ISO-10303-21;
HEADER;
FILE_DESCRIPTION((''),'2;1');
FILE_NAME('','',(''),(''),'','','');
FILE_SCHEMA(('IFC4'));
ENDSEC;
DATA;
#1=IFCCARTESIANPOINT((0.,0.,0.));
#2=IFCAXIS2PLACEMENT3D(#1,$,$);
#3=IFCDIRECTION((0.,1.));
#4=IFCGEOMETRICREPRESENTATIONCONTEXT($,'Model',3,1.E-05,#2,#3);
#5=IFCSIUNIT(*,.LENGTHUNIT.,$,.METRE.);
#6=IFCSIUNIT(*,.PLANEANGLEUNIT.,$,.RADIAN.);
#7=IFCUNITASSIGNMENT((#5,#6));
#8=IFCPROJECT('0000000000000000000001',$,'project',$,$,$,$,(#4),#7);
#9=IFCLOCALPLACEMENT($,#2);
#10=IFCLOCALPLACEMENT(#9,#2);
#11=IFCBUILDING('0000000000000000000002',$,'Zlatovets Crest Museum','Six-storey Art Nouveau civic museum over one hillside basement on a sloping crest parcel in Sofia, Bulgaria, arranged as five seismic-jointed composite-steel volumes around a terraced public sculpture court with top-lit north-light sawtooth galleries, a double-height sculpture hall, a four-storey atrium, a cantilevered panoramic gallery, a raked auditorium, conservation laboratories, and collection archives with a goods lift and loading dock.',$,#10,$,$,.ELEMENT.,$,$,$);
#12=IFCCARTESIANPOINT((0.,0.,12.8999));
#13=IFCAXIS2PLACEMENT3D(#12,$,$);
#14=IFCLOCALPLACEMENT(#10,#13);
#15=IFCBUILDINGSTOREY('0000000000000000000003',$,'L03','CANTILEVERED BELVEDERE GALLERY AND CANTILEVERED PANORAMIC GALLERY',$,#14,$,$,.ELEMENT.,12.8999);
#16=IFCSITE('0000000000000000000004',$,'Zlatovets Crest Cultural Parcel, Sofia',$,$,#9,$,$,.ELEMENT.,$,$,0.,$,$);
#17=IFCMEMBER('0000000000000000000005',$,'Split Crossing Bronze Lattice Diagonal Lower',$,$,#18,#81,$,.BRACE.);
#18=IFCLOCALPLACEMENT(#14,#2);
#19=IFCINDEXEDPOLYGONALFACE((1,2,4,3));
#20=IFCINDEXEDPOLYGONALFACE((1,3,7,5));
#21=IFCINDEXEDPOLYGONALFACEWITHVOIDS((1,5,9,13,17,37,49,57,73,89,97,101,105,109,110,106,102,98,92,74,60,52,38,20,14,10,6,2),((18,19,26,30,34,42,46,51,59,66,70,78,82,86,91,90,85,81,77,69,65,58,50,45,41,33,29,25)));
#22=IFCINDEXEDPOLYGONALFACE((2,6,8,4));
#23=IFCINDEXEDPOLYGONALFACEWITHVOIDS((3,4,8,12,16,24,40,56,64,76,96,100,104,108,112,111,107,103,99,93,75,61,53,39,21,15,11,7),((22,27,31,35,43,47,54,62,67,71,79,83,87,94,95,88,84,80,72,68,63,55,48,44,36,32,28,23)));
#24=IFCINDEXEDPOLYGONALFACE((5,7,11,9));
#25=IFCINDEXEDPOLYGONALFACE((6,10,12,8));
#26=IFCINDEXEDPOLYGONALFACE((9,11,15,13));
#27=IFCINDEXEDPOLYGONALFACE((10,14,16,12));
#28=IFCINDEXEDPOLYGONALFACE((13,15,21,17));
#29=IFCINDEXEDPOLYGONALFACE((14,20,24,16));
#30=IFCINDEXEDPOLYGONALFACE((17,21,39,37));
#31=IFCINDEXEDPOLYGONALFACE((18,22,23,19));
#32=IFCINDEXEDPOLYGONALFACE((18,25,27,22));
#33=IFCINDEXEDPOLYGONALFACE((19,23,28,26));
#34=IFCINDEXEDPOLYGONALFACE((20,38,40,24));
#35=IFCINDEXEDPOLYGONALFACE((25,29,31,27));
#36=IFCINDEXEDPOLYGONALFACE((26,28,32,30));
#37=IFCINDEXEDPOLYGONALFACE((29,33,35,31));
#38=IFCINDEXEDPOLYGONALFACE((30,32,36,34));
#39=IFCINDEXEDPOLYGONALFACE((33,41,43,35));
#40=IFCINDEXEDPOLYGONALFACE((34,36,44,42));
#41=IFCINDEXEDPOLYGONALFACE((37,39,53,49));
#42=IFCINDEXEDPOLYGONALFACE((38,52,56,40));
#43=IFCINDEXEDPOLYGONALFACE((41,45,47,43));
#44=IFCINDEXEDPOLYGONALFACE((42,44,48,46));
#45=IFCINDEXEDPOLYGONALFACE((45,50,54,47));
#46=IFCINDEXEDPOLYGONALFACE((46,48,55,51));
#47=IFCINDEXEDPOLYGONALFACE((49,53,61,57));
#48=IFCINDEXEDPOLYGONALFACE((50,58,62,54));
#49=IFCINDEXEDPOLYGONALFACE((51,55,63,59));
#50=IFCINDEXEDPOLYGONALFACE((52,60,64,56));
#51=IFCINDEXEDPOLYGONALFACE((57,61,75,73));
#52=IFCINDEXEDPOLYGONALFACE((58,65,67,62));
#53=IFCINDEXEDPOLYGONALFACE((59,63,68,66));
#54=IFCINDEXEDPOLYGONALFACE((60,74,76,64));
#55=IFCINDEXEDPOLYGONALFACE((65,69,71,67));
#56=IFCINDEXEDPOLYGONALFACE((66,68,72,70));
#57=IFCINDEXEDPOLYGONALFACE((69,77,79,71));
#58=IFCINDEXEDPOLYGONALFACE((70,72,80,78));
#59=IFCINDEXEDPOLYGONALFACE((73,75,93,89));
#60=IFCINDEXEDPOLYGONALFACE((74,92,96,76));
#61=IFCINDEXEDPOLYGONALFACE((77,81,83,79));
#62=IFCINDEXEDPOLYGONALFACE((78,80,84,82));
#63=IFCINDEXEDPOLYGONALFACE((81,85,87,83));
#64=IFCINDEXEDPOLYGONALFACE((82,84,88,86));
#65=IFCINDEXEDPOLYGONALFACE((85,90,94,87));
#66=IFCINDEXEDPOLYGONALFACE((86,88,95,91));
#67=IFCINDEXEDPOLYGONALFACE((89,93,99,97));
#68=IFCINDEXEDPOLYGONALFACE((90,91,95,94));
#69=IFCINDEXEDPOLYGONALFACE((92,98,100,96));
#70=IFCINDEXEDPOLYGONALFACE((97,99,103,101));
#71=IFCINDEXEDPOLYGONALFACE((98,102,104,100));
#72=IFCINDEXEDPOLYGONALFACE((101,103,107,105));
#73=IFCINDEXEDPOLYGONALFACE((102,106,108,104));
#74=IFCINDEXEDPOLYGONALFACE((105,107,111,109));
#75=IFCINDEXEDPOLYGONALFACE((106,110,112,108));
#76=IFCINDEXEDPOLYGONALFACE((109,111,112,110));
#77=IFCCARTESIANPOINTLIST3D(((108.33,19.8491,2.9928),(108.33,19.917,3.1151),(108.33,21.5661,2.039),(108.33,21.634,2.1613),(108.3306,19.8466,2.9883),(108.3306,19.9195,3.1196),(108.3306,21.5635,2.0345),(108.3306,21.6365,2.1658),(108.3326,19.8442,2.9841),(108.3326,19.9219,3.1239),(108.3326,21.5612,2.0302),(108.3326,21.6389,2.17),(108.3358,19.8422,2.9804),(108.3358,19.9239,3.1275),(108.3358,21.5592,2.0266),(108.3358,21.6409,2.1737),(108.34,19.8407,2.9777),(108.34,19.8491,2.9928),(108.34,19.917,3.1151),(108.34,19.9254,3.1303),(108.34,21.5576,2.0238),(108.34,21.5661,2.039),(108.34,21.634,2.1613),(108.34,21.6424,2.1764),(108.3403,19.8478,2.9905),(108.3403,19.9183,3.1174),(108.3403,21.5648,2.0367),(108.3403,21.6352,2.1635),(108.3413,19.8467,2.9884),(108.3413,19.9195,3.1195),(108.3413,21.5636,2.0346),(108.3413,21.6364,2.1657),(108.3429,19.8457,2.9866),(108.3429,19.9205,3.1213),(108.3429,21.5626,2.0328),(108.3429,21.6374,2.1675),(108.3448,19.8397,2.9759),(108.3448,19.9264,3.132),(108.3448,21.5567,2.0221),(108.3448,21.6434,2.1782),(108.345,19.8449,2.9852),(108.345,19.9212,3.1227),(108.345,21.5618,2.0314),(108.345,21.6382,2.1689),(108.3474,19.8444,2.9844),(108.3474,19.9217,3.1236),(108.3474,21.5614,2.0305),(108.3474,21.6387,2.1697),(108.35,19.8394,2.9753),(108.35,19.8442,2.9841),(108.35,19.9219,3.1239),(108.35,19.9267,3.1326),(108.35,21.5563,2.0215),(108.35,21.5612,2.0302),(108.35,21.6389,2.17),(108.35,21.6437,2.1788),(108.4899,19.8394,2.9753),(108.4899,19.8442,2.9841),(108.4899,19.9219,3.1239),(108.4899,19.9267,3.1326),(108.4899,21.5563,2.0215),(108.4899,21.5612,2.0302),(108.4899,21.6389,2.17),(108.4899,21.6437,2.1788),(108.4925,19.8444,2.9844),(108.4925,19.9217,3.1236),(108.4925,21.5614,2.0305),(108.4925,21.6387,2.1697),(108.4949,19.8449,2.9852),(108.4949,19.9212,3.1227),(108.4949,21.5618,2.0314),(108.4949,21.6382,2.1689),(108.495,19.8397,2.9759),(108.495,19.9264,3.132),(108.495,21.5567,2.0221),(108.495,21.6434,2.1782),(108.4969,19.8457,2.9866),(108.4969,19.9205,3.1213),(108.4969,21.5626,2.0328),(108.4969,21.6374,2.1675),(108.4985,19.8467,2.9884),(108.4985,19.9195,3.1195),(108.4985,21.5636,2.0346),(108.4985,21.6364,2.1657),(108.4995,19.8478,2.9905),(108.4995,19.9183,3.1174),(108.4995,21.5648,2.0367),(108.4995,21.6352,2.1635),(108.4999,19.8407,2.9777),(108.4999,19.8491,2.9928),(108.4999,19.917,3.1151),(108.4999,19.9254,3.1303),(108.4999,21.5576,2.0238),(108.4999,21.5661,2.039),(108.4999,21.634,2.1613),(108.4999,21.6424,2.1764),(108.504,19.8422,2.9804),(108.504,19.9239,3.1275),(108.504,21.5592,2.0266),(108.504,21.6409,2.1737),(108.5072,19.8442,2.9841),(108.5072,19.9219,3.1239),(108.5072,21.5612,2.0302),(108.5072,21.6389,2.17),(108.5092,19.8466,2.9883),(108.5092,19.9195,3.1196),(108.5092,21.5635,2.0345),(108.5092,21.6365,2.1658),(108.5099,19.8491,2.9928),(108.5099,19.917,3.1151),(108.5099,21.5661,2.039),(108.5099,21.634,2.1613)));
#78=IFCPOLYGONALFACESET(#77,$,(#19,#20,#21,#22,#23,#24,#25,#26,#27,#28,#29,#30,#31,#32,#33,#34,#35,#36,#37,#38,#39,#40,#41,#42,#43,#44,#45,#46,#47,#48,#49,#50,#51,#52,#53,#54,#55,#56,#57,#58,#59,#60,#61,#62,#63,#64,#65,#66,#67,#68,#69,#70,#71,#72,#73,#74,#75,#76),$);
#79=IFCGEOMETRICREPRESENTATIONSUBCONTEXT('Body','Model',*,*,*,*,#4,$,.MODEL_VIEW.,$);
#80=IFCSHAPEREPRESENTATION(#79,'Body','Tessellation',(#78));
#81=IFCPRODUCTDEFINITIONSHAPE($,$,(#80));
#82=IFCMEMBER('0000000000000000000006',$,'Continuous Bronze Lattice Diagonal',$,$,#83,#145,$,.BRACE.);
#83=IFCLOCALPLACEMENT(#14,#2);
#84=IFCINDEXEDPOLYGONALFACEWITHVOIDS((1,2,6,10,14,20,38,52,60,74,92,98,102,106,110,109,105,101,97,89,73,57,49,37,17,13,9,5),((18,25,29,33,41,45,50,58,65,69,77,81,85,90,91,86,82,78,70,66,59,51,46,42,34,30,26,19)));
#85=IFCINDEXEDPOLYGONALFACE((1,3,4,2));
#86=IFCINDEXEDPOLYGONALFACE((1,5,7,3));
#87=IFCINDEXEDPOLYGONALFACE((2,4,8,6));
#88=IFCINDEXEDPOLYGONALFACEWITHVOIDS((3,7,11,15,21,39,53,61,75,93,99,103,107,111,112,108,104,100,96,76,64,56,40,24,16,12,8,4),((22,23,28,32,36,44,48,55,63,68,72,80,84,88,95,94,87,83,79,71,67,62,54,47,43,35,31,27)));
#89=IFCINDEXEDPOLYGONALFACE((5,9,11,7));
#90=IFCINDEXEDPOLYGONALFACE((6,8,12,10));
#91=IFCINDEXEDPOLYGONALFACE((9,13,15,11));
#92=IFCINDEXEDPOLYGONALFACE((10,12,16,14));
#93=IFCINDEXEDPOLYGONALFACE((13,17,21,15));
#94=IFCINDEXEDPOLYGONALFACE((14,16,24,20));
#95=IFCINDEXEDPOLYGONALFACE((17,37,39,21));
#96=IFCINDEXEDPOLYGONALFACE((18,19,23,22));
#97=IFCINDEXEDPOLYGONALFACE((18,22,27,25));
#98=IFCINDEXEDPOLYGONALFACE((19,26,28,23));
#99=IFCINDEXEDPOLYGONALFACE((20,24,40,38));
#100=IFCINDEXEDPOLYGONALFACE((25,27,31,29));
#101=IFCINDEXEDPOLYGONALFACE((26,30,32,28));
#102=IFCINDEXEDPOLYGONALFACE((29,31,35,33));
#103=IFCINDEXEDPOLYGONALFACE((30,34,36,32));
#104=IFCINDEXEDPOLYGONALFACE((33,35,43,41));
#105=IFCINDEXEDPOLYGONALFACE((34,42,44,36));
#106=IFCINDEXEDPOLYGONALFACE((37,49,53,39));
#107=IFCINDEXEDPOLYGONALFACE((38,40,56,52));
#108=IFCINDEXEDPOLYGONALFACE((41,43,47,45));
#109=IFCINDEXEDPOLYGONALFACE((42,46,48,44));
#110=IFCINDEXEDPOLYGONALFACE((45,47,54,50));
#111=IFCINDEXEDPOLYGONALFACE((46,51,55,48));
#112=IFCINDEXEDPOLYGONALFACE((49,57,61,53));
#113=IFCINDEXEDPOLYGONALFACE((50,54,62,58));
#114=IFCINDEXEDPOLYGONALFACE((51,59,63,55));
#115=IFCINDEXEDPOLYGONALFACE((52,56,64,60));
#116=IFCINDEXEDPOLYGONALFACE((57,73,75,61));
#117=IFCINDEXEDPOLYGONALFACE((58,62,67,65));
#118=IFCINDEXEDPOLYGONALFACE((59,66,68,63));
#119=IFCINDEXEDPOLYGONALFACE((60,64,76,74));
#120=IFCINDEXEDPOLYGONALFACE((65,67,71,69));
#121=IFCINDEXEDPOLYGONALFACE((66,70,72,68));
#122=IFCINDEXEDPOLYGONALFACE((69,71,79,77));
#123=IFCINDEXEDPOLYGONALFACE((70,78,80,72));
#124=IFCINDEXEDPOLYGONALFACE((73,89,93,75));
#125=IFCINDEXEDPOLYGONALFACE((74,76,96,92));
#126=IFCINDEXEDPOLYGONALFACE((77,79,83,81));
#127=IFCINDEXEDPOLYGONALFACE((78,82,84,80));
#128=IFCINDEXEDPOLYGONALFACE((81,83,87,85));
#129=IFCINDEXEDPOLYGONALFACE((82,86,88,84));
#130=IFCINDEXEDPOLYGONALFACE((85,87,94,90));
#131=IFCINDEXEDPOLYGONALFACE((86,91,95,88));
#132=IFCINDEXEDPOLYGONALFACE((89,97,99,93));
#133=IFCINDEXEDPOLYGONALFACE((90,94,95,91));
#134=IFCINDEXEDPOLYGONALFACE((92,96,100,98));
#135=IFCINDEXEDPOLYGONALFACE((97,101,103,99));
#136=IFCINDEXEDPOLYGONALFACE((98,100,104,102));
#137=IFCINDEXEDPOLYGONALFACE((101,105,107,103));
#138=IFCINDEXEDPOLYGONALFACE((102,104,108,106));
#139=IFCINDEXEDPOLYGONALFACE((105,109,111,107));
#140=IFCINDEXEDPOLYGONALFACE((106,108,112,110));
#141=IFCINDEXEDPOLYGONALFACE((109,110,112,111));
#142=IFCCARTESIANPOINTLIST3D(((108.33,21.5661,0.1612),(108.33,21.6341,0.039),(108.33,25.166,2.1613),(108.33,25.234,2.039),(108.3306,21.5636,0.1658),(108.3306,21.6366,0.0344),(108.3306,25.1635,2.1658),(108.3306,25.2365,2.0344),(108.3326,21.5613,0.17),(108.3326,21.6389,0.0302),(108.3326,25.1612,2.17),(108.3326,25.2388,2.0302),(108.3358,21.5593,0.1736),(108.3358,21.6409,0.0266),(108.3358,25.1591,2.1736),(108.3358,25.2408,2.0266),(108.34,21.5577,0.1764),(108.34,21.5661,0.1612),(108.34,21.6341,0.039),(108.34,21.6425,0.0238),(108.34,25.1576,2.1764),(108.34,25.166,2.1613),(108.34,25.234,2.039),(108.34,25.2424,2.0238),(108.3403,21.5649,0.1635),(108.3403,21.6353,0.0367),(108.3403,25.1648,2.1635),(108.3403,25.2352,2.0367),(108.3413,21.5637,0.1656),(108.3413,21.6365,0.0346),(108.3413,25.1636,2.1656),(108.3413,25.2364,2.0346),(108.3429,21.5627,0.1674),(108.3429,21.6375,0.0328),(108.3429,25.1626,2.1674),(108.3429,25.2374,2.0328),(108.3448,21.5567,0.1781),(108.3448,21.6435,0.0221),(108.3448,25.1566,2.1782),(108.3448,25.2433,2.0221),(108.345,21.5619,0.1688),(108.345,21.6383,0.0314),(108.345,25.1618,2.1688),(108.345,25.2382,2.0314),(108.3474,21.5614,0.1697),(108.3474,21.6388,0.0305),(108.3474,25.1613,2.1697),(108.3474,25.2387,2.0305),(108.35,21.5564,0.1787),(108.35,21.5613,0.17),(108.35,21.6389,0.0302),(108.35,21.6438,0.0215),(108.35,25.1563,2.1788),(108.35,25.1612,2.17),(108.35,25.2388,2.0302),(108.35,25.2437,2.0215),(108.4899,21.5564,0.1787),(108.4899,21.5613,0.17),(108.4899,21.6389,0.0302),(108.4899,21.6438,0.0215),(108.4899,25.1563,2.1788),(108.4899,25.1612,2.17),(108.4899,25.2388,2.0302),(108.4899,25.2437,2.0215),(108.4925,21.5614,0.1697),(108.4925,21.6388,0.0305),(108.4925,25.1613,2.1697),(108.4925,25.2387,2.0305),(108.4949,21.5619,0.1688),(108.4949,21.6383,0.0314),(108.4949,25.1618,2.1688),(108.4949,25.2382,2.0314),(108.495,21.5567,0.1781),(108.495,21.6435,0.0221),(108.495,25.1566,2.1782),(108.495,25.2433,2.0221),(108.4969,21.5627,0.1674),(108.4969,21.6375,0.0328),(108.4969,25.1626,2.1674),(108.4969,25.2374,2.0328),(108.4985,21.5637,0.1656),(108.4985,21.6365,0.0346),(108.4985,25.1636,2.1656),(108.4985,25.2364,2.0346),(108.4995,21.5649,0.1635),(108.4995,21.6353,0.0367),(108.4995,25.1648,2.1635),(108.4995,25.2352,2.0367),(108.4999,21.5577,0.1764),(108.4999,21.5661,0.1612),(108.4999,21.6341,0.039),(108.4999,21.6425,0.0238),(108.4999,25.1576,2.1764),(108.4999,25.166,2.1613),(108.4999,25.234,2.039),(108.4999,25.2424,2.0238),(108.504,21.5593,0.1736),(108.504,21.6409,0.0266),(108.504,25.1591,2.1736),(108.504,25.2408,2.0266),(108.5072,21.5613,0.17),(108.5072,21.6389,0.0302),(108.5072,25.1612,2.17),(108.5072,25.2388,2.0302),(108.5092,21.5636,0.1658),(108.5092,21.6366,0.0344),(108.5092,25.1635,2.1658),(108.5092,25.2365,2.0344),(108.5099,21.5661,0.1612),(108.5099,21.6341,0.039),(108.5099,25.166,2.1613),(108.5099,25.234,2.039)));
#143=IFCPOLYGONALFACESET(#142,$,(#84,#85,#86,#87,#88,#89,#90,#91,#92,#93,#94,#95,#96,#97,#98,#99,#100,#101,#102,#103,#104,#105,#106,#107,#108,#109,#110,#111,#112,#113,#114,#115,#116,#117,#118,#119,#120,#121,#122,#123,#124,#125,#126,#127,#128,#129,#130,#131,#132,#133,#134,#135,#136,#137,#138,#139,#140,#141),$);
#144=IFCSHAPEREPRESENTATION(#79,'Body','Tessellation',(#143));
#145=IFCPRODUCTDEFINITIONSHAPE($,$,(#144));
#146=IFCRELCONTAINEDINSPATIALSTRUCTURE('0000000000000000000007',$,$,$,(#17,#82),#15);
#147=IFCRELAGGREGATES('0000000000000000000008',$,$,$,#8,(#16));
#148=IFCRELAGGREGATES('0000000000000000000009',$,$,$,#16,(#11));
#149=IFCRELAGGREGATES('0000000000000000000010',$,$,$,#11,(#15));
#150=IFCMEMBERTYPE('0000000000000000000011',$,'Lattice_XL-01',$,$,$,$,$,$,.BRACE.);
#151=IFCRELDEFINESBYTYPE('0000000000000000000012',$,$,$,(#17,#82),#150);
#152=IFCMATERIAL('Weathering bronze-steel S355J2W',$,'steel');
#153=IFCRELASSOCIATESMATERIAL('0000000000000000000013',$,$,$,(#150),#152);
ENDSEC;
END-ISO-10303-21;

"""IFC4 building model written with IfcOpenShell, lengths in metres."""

from ifc_helpers import new_model, si_unit, direction, frame, origin, origin_2d, place, context, subcontext, project, spatial, hollow_rectangle, extrude, material, material_profile, profile_set, type_object, element, save


model = new_model("IFC4")

# Units and contexts
model_context = context("Model", 3, precision=1e-05, world=origin(), true_north=direction((0.0, 1.0)))
body_context = subcontext(model_context, "Body", "Model", "MODEL_VIEW")
ifc_project = project(units=[si_unit("LENGTHUNIT", "METRE"), si_unit("PLANEANGLEUNIT", "RADIAN")], contexts=[model_context])

# Site, building, storey
site_placement = place(None, origin())
site = spatial("IfcSite", under=ifc_project, at=site_placement, Name="Zlatovets Crest Cultural Parcel, Sofia", CompositionType="ELEMENT", RefElevation=0.0)
building_placement = place(site_placement, origin())
building = spatial("IfcBuilding", under=site, at=building_placement, Name="Zlatovets Crest Museum", Description="Six-storey Art Nouveau civic museum over one hillside basement on a sloping crest parcel in Sofia, Bulgaria, arranged as five seismic-jointed composite-steel volumes around a terraced public sculpture court with top-lit north-light sawtooth galleries, a double-height sculpture hall, a four-storey atrium, a cantilevered panoramic gallery, a raked auditorium, conservation laboratories, and collection archives with a goods lift and loading dock.", CompositionType="ELEMENT")
storey_placement = place(building_placement, frame((0.0, 0.0, 12.8999)))
storey = spatial("IfcBuildingStorey", under=building, at=storey_placement, Name="L03", Description="CANTILEVERED BELVEDERE GALLERY AND CANTILEVERED PANORAMIC GALLERY", CompositionType="ELEMENT", Elevation=12.8999)

# Members
ifc_material_1 = material(Name="Weathering bronze-steel S355J2W", Category="steel")
ifc_material_profile_1 = material_profile(ifc_material_1, hollow_rectangle(XDim=0.1799, YDim=0.1799, WallThickness=0.01, InnerFilletRadius=0.01, OuterFilletRadius=0.02, at=origin_2d()), Name="SHS 180x180x10.0")
ifc_profile_set_1 = profile_set([ifc_material_profile_1], Name="Weathering bronze-steel S355J2W")
member_type_1 = type_object("IfcMemberType", Name="Lattice_XL-01", PredefinedType="BRACE", material=ifc_profile_set_1)
for number, where, z_axis, x_axis, name in (
    (1, (108.4199, 19.8831, 3.054), (0.0, 0.874169, -0.485622), (-1.0, 0.0, 0.0), "Split Crossing Bronze Lattice Diagonal Lower"),
):
    element("IfcMember", number, at=place(storey_placement, frame(where, z_axis=z_axis, x_axis=x_axis)), inside=storey, type_object=member_type_1, Name=name, PredefinedType="BRACE", context=body_context, shape_type="SweptSolid", body=[
        extrude(hollow_rectangle(XDim=0.1799, YDim=0.1799, WallThickness=0.01, InnerFilletRadius=0.01, OuterFilletRadius=0.02, at=origin_2d()), origin(), (0.0, 0.0, 1.0), 1.9641),
    ])
member_1_placement = place(storey_placement, frame((108.4199, 21.6001, 0.1001), z_axis=(0.0, 0.874149, 0.485658), x_axis=(-1.0, 0.0, 0.0)))
element("IfcMember", 2, at=member_1_placement, inside=storey, type_object=member_type_1, Name="Continuous Bronze Lattice Diagonal", PredefinedType="BRACE", context=body_context, shape_type="SweptSolid", body=[
    extrude(hollow_rectangle(XDim=0.1799, YDim=0.1799, WallThickness=0.01, InnerFilletRadius=0.01, OuterFilletRadius=0.02, at=origin_2d()), origin(), (0.0, 0.0, 1.0), 4.1182),
])

save(model, "model.ifc")
